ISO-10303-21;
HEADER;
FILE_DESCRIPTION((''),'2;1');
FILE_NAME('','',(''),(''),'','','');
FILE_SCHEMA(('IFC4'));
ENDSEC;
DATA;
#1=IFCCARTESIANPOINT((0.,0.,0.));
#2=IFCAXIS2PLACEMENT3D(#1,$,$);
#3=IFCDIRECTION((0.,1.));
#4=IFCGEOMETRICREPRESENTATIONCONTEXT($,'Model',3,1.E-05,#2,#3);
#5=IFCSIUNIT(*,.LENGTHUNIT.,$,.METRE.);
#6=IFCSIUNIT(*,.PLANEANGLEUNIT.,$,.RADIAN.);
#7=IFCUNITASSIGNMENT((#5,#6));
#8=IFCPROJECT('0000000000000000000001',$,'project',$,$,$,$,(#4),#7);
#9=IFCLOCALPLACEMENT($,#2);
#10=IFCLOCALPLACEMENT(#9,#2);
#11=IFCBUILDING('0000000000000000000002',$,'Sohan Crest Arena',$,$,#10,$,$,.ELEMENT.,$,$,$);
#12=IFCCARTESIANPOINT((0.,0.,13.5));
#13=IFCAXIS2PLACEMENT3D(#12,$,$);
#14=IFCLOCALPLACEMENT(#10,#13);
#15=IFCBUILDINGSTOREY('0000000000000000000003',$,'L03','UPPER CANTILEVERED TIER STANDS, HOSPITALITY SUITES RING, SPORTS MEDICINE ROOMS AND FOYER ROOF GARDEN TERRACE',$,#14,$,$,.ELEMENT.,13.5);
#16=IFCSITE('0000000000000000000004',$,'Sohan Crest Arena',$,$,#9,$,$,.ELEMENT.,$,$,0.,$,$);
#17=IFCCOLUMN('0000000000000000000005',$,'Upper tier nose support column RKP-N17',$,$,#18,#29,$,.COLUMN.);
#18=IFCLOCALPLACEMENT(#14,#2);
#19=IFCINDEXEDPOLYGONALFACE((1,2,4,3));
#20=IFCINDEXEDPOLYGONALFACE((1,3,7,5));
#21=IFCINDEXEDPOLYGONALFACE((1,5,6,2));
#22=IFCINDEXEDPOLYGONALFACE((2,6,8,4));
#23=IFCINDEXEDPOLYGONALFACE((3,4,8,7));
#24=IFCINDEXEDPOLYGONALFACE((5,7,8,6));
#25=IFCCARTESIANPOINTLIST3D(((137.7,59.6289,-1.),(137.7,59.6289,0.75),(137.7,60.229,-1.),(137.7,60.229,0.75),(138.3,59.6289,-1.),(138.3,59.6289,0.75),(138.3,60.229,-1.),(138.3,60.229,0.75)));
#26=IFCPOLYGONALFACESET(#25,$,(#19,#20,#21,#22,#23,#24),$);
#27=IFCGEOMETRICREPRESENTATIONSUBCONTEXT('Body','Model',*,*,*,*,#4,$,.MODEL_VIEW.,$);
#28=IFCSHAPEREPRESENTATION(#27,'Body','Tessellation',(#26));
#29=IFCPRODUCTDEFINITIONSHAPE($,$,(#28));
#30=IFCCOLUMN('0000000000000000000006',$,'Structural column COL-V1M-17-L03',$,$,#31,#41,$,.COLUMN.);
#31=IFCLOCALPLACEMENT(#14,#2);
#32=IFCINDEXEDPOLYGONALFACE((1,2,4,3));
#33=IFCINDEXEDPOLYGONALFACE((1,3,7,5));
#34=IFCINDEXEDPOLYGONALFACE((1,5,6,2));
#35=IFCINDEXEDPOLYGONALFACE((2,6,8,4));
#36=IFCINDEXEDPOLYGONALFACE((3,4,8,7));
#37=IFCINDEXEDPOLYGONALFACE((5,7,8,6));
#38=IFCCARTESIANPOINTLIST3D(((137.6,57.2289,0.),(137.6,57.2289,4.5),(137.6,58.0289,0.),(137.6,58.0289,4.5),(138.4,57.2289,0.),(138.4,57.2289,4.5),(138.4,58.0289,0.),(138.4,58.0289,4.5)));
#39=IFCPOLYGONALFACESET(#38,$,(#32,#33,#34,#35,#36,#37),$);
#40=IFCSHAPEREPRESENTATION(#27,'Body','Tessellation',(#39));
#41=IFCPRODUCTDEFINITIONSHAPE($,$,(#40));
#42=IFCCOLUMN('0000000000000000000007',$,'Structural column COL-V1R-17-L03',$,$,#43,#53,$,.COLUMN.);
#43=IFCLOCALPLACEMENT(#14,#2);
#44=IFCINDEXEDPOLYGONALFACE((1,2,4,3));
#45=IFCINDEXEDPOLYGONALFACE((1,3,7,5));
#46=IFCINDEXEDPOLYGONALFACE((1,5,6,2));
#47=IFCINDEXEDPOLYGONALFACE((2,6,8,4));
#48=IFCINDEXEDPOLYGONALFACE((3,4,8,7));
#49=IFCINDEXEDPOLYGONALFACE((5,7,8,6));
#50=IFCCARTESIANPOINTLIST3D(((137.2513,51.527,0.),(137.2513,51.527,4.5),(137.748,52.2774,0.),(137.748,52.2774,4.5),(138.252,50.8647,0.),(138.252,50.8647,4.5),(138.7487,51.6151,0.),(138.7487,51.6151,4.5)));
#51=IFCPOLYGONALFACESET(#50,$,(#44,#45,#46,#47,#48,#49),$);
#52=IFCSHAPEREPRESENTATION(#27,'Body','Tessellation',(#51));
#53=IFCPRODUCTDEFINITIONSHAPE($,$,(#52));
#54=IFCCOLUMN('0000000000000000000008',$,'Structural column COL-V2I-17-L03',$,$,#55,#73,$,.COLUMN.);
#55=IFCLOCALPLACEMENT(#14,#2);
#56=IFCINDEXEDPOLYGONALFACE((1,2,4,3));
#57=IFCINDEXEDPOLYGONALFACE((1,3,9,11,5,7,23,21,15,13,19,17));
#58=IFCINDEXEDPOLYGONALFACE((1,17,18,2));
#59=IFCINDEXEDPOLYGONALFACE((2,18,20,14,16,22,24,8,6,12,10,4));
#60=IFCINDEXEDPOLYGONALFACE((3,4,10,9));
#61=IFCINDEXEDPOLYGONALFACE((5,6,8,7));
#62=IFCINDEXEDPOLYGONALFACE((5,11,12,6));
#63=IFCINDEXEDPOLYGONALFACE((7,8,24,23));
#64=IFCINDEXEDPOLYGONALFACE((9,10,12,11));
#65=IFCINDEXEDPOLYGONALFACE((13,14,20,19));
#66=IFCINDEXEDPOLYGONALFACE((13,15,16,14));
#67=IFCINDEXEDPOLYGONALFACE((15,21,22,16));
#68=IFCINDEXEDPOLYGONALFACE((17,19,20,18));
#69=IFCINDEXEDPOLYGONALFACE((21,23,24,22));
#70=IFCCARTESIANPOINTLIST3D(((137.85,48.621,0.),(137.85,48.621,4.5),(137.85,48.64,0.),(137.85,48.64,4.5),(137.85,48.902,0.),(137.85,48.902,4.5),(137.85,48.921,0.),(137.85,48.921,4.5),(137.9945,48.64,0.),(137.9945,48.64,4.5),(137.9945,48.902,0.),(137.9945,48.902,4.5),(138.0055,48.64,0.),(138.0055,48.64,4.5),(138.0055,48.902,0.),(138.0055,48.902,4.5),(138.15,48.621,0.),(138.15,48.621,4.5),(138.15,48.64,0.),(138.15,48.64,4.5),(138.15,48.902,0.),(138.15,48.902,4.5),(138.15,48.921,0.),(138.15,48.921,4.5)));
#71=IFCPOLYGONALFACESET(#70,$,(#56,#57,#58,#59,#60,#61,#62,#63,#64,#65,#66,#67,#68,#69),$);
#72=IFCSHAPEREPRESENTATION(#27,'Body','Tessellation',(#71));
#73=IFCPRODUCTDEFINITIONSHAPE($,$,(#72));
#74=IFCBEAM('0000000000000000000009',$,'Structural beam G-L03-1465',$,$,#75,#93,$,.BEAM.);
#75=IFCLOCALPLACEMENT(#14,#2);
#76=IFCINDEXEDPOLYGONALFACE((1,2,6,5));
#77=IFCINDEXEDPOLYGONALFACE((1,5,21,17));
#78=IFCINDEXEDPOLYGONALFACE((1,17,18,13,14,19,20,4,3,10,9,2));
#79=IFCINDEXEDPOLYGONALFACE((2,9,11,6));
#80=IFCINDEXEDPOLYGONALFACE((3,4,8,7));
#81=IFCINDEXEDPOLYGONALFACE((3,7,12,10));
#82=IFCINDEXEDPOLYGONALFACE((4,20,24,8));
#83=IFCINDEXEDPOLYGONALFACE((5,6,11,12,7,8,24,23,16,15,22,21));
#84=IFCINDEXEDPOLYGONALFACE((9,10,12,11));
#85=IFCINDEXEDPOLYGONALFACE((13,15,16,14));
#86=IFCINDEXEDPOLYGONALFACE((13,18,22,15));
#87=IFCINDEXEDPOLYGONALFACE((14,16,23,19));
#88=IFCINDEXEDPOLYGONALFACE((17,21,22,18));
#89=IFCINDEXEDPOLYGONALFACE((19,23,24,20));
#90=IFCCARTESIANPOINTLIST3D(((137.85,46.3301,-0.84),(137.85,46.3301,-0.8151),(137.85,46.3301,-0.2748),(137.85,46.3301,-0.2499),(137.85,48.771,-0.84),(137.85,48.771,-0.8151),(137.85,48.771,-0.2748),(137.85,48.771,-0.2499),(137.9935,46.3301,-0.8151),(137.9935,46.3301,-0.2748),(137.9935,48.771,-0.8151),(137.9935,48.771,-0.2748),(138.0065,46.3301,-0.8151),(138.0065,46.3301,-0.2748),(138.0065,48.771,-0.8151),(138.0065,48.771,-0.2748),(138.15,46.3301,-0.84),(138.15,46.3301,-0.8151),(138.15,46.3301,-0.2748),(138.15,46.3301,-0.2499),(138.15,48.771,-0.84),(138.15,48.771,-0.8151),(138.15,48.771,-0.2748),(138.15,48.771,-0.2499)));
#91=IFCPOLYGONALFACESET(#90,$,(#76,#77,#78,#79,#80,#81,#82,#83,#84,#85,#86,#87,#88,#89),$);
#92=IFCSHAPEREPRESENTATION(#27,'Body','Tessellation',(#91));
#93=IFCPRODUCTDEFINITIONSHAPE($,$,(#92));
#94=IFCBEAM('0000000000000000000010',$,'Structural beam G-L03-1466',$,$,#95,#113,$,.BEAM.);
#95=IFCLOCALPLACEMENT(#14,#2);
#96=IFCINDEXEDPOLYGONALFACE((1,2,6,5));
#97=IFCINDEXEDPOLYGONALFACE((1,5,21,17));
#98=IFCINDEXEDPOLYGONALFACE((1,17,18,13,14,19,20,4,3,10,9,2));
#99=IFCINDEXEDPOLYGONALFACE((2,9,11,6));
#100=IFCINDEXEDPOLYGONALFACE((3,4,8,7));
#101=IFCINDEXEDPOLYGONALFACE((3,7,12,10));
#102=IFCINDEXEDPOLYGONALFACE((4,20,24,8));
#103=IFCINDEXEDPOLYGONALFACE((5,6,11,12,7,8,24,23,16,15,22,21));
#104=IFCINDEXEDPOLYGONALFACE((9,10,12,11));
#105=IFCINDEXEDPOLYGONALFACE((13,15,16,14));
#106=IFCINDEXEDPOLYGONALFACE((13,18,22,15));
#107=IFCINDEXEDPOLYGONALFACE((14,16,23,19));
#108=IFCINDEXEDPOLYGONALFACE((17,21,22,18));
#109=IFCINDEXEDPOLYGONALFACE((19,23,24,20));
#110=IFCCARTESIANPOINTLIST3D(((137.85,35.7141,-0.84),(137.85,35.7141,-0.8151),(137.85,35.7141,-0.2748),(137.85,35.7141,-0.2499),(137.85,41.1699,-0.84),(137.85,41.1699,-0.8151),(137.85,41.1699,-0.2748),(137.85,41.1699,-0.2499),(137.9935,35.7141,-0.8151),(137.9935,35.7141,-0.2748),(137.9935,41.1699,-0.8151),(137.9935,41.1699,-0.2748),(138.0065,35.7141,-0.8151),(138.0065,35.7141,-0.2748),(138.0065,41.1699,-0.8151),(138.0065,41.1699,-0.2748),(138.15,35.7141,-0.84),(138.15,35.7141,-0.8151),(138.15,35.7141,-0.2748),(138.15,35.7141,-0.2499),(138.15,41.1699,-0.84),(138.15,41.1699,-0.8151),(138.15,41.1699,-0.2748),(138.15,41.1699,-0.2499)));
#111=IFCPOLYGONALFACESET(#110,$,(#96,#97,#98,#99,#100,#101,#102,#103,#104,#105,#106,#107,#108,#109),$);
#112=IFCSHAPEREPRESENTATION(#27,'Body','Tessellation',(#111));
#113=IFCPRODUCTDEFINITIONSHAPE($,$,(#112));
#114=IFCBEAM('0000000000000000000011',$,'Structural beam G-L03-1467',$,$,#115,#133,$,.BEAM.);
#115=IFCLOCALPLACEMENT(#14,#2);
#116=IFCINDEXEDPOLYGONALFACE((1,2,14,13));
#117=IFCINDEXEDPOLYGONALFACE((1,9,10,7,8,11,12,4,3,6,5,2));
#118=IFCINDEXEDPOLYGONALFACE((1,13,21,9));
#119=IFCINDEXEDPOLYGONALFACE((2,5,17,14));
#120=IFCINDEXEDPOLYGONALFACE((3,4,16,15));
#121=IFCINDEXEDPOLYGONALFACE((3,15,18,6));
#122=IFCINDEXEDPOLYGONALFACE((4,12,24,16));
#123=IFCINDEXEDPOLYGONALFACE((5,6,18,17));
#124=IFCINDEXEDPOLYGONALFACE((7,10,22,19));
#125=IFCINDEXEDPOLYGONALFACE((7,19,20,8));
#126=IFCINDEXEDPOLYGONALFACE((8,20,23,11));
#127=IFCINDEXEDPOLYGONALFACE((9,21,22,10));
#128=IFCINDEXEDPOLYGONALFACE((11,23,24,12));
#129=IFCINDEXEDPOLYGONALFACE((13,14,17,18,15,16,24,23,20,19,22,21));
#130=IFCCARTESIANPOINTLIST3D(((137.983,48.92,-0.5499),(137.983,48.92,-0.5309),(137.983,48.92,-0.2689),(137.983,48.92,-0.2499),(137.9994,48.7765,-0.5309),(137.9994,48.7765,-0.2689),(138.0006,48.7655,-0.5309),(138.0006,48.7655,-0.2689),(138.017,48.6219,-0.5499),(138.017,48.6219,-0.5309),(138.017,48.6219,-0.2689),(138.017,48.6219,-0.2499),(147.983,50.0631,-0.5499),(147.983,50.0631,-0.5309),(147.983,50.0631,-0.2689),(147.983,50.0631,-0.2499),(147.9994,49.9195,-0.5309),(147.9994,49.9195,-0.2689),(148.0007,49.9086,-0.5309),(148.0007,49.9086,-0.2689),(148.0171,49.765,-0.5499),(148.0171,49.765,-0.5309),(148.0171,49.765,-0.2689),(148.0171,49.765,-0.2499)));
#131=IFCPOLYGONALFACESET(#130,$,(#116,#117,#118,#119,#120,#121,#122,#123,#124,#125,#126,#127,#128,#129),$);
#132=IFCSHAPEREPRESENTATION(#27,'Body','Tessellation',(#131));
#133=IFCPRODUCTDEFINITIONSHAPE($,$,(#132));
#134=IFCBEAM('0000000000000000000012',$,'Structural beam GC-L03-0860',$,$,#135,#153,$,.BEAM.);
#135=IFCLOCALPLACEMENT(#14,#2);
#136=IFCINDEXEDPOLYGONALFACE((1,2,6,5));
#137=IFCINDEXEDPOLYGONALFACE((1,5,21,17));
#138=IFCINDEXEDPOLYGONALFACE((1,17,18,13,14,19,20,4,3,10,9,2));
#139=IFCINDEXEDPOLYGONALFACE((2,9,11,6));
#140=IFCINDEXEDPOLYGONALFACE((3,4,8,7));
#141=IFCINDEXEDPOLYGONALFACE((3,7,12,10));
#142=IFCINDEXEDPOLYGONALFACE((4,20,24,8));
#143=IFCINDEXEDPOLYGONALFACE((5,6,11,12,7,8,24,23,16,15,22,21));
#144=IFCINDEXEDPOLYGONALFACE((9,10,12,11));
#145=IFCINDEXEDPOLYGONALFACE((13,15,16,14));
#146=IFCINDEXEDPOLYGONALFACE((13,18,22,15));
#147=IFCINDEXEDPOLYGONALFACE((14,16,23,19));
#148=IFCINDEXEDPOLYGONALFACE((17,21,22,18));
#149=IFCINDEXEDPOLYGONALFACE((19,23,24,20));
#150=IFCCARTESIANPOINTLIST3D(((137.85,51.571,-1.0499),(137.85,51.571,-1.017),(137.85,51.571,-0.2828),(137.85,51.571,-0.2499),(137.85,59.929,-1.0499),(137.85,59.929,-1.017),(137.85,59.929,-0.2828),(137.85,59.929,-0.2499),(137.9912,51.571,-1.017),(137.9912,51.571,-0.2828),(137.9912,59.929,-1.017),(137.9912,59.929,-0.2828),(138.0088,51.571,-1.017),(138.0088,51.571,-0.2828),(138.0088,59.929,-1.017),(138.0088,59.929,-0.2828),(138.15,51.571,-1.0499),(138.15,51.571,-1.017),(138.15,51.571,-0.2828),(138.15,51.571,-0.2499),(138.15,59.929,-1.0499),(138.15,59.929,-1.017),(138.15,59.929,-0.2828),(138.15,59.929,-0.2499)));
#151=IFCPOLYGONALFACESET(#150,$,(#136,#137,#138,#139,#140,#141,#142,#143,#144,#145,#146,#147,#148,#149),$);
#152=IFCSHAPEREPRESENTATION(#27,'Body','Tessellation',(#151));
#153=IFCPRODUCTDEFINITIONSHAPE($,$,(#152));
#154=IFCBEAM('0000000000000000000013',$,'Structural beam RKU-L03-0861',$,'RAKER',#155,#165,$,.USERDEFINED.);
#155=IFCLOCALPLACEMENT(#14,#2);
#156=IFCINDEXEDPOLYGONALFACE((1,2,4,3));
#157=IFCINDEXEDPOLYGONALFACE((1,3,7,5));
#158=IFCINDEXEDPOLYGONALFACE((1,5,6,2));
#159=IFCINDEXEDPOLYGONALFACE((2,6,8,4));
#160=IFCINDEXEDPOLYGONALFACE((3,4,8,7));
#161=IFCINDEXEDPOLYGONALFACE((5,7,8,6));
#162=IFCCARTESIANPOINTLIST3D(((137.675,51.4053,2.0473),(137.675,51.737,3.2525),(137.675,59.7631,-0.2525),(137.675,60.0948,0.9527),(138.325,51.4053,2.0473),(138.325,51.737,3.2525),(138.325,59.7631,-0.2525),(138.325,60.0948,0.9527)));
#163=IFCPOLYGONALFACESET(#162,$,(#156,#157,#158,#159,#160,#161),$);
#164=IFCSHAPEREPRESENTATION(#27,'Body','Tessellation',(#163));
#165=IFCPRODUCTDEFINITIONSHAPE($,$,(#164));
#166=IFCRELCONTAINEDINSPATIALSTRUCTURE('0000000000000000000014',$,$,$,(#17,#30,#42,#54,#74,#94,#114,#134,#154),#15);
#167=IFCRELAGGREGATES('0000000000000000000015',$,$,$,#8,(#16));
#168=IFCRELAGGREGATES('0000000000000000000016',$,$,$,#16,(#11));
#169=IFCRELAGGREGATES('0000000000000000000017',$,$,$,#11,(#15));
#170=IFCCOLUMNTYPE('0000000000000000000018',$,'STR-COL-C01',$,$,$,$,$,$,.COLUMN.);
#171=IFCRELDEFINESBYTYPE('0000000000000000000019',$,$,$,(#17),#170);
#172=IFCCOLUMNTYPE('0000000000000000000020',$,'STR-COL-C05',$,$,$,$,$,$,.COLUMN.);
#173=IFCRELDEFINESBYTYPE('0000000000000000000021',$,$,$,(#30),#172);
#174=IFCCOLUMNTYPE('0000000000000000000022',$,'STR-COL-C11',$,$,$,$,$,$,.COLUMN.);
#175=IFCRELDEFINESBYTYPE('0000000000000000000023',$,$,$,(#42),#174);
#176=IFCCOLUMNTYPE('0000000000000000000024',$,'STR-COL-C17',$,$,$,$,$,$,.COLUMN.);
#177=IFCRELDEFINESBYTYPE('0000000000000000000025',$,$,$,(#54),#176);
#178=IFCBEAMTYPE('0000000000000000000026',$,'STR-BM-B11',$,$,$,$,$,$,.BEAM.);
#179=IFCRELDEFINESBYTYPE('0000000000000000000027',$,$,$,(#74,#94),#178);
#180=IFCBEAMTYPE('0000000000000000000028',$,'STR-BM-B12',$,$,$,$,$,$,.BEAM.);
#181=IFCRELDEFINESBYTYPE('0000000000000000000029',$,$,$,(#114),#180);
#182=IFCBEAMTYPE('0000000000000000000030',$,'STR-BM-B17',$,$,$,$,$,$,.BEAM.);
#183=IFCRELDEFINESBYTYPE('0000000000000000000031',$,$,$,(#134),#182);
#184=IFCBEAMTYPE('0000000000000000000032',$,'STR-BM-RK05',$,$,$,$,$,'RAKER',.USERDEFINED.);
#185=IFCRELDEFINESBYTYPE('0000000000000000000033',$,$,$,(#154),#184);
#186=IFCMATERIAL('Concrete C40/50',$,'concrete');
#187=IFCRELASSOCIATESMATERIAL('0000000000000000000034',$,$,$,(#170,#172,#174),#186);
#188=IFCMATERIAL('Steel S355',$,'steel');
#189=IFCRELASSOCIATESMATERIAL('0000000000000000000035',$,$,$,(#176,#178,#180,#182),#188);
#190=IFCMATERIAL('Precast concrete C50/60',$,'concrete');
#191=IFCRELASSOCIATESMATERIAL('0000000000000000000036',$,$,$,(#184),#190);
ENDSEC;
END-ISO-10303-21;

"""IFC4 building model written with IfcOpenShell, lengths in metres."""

from ifc_helpers import new_model, si_unit, direction, frame, origin, origin_2d, place, context, subcontext, project, spatial, rectangle, i_section, extrude, material, material_profile, profile_set, type_object, element, save


model = new_model("IFC4")

# Units and contexts
model_context = context("Model", 3, precision=1e-05, world=origin(), true_north=direction((0.0, 1.0)))
body_context = subcontext(model_context, "Body", "Model", "MODEL_VIEW")
ifc_project = project(units=[si_unit("LENGTHUNIT", "METRE"), si_unit("PLANEANGLEUNIT", "RADIAN")], contexts=[model_context])

# Site, building, storey
site_placement = place(None, origin())
site = spatial("IfcSite", under=ifc_project, at=site_placement, Name="Sohan Crest Arena", CompositionType="ELEMENT", RefElevation=0.0)
building_placement = place(site_placement, origin())
building = spatial("IfcBuilding", under=site, at=building_placement, Name="Sohan Crest Arena", CompositionType="ELEMENT")
storey_placement = place(building_placement, frame((0.0, 0.0, 13.5)))
storey = spatial("IfcBuildingStorey", under=building, at=storey_placement, Name="L03", Description="UPPER CANTILEVERED TIER STANDS, HOSPITALITY SUITES RING, SPORTS MEDICINE ROOMS AND FOYER ROOF GARDEN TERRACE", CompositionType="ELEMENT", Elevation=13.5)

# Columns
ifc_material_1 = material(Name="Concrete C40/50", Category="concrete")
ifc_material_profile_1 = material_profile(ifc_material_1, rectangle(XDim=0.6001, YDim=0.6001, at=origin_2d()), Name="RC 600x600")
ifc_profile_set_1 = profile_set([ifc_material_profile_1], Name="Concrete C40/50")
column_type_1 = type_object("IfcColumnType", Name="STR-COL-C01", PredefinedType="COLUMN", material=ifc_profile_set_1)
column_1_placement = place(storey_placement, frame((138.0, 59.929, -1.0), z_axis=(0.0, 0.0, 1.0), x_axis=(1.0, 0.0, 0.0)))
element("IfcColumn", 1, at=column_1_placement, inside=storey, type_object=column_type_1, Name="Upper tier nose support column RKP-N17", PredefinedType="COLUMN", context=body_context, shape_type="SweptSolid", body=[
    extrude(rectangle(XDim=0.6001, YDim=0.6001, at=origin_2d()), origin(), (0.0, 0.0, 1.0), 1.75),
])
ifc_material_profile_2 = material_profile(ifc_material_1, rectangle(XDim=0.8, YDim=0.8, at=origin_2d()), Name="RC 800x800")
ifc_profile_set_2 = profile_set([ifc_material_profile_2], Name="Concrete C40/50")
column_type_2 = type_object("IfcColumnType", Name="STR-COL-C05", PredefinedType="COLUMN", material=ifc_profile_set_2)
column_2_placement = place(storey_placement, frame((138.0, 57.6289, 0.0), z_axis=(0.0, 0.0, 1.0), x_axis=(1.0, 0.0, 0.0)))
element("IfcColumn", 2, at=column_2_placement, inside=storey, type_object=column_type_2, Name="Structural column COL-V1M-17-L03", PredefinedType="COLUMN", context=body_context, shape_type="SweptSolid", body=[
    extrude(rectangle(XDim=0.8, YDim=0.8, at=origin_2d()), origin(), (0.0, 0.0, 1.0), 4.5),
])
ifc_material_profile_3 = material_profile(ifc_material_1, rectangle(XDim=1.2, YDim=0.8999, at=origin_2d()), Name="RC 1200x900")
ifc_profile_set_3 = profile_set([ifc_material_profile_3], Name="Concrete C40/50")
column_type_3 = type_object("IfcColumnType", Name="STR-COL-C11", PredefinedType="COLUMN", material=ifc_profile_set_3)
column_3_placement = place(storey_placement, frame((138.0, 51.571, 0.0), z_axis=(0.0, 0.0, 1.0), x_axis=(-0.833886, 0.551937, 0.0)))
element("IfcColumn", 3, at=column_3_placement, inside=storey, type_object=column_type_3, Name="Structural column COL-V1R-17-L03", PredefinedType="COLUMN", context=body_context, shape_type="SweptSolid", body=[
    extrude(rectangle(XDim=1.2, YDim=0.8999, at=origin_2d()), origin(), (0.0, 0.0, 1.0), 4.5),
])
ifc_material_2 = material(Name="Steel S355", Category="steel")
ifc_material_profile_4 = material_profile(ifc_material_2, i_section(OverallWidth=0.3, OverallDepth=0.3, WebThickness=0.011, FlangeThickness=0.019, at=origin_2d()), Name="HEB 300")
ifc_profile_set_4 = profile_set([ifc_material_profile_4], Name="Steel S355")
column_type_4 = type_object("IfcColumnType", Name="STR-COL-C17", PredefinedType="COLUMN", material=ifc_profile_set_4)
column_4_placement = place(storey_placement, frame((138.0, 48.771, 0.0), z_axis=(0.0, 0.0, 1.0), x_axis=(1.0, 0.0, 0.0)))
element("IfcColumn", 4, at=column_4_placement, inside=storey, type_object=column_type_4, Name="Structural column COL-V2I-17-L03", PredefinedType="COLUMN", context=body_context, shape_type="SweptSolid", body=[
    extrude(i_section(OverallWidth=0.3, OverallDepth=0.3, WebThickness=0.011, FlangeThickness=0.019, at=origin_2d()), origin(), (0.0, 0.0, 1.0), 4.5),
])

# Beams
ifc_material_profile_5 = material_profile(ifc_material_2, i_section(OverallWidth=0.3, OverallDepth=0.5901, WebThickness=0.0129, FlangeThickness=0.0249, at=origin_2d()), Name="HEA 600")
ifc_profile_set_5 = profile_set([ifc_material_profile_5], Name="Steel S355")
beam_type_1 = type_object("IfcBeamType", Name="STR-BM-B11", PredefinedType="BEAM", material=ifc_profile_set_5)
beam_1_placement = place(storey_placement, frame((138.0, 48.771, -0.5449), z_axis=(0.0, -1.0, 0.0), x_axis=(1.0, 0.0, 0.0)))
element("IfcBeam", 5, at=beam_1_placement, inside=storey, type_object=beam_type_1, Name="Structural beam G-L03-1465", PredefinedType="BEAM", context=body_context, shape_type="SweptSolid", body=[
    extrude(i_section(OverallWidth=0.3, OverallDepth=0.5901, WebThickness=0.0129, FlangeThickness=0.0249, at=origin_2d()), origin(), (0.0, 0.0, 1.0), 2.4409),
])
beam_2_placement = place(storey_placement, frame((138.0, 41.1699, -0.5449), z_axis=(0.0, -1.0, 0.0), x_axis=(1.0, 0.0, 0.0)))
element("IfcBeam", 6, at=beam_2_placement, inside=storey, type_object=beam_type_1, Name="Structural beam G-L03-1466", PredefinedType="BEAM", context=body_context, shape_type="SweptSolid", body=[
    extrude(i_section(OverallWidth=0.3, OverallDepth=0.5901, WebThickness=0.0129, FlangeThickness=0.0249, at=origin_2d()), origin(), (0.0, 0.0, 1.0), 5.4558),
])
ifc_material_profile_6 = material_profile(ifc_material_2, i_section(OverallWidth=0.3, OverallDepth=0.3, WebThickness=0.011, FlangeThickness=0.019, at=origin_2d()), Name="HEB 300")
ifc_profile_set_6 = profile_set([ifc_material_profile_6], Name="Steel S355")
beam_type_2 = type_object("IfcBeamType", Name="STR-BM-B12", PredefinedType="BEAM", material=ifc_profile_set_6)
beam_3_placement = place(storey_placement, frame((138.0, 48.771, -0.3999), z_axis=(0.99353, 0.113567, 0.0), x_axis=(-0.113567, 0.99353, 0.0)))
element("IfcBeam", 7, at=beam_3_placement, inside=storey, type_object=beam_type_2, Name="Structural beam G-L03-1467", PredefinedType="BEAM", context=body_context, shape_type="SweptSolid", body=[
    extrude(i_section(OverallWidth=0.3, OverallDepth=0.3, WebThickness=0.011, FlangeThickness=0.019, at=origin_2d()), origin(), (0.0, 0.0, 1.0), 10.0652),
])
ifc_material_profile_7 = material_profile(ifc_material_2, i_section(OverallWidth=0.3, OverallDepth=0.8, WebThickness=0.0176, FlangeThickness=0.033, at=origin_2d()), Name="HEB 800")
ifc_profile_set_7 = profile_set([ifc_material_profile_7], Name="Steel S355")
beam_type_3 = type_object("IfcBeamType", Name="STR-BM-B17", PredefinedType="BEAM", material=ifc_profile_set_7)
beam_4_placement = place(storey_placement, frame((138.0, 51.571, -0.6499), z_axis=(0.0, 1.0, 0.0), x_axis=(-1.0, 0.0, 0.0)))
element("IfcBeam", 8, at=beam_4_placement, inside=storey, type_object=beam_type_3, Name="Structural beam GC-L03-0860", PredefinedType="BEAM", context=body_context, shape_type="SweptSolid", body=[
    extrude(i_section(OverallWidth=0.3, OverallDepth=0.8, WebThickness=0.0176, FlangeThickness=0.033, at=origin_2d()), origin(), (0.0, 0.0, 1.0), 8.3579),
])
ifc_material_3 = material(Name="Precast concrete C50/60", Category="concrete")
ifc_material_profile_8 = material_profile(ifc_material_3, rectangle(XDim=0.6499, YDim=1.25, at=origin_2d()), Name="RAKER 650x1250")
ifc_profile_set_8 = profile_set([ifc_material_profile_8], Name="Precast concrete C50/60")
beam_type_4 = type_object("IfcBeamType", Name="STR-BM-RK05", ElementType="RAKER", PredefinedType="USERDEFINED", material=ifc_profile_set_8)
beam_5_placement = place(storey_placement, frame((138.0, 59.929, 0.3501), z_axis=(0.0, -0.964165, 0.265304), x_axis=(1.0, 0.0, 0.0)))
element("IfcBeam", 9, at=beam_5_placement, inside=storey, type_object=beam_type_4, Name="Structural beam RKU-L03-0861", ObjectType="RAKER", PredefinedType="USERDEFINED", context=body_context, shape_type="SweptSolid", body=[
    extrude(rectangle(XDim=0.6499, YDim=1.25, at=origin_2d()), origin(), (0.0, 0.0, 1.0), 8.6685),
])

save(model, "model.ifc")
